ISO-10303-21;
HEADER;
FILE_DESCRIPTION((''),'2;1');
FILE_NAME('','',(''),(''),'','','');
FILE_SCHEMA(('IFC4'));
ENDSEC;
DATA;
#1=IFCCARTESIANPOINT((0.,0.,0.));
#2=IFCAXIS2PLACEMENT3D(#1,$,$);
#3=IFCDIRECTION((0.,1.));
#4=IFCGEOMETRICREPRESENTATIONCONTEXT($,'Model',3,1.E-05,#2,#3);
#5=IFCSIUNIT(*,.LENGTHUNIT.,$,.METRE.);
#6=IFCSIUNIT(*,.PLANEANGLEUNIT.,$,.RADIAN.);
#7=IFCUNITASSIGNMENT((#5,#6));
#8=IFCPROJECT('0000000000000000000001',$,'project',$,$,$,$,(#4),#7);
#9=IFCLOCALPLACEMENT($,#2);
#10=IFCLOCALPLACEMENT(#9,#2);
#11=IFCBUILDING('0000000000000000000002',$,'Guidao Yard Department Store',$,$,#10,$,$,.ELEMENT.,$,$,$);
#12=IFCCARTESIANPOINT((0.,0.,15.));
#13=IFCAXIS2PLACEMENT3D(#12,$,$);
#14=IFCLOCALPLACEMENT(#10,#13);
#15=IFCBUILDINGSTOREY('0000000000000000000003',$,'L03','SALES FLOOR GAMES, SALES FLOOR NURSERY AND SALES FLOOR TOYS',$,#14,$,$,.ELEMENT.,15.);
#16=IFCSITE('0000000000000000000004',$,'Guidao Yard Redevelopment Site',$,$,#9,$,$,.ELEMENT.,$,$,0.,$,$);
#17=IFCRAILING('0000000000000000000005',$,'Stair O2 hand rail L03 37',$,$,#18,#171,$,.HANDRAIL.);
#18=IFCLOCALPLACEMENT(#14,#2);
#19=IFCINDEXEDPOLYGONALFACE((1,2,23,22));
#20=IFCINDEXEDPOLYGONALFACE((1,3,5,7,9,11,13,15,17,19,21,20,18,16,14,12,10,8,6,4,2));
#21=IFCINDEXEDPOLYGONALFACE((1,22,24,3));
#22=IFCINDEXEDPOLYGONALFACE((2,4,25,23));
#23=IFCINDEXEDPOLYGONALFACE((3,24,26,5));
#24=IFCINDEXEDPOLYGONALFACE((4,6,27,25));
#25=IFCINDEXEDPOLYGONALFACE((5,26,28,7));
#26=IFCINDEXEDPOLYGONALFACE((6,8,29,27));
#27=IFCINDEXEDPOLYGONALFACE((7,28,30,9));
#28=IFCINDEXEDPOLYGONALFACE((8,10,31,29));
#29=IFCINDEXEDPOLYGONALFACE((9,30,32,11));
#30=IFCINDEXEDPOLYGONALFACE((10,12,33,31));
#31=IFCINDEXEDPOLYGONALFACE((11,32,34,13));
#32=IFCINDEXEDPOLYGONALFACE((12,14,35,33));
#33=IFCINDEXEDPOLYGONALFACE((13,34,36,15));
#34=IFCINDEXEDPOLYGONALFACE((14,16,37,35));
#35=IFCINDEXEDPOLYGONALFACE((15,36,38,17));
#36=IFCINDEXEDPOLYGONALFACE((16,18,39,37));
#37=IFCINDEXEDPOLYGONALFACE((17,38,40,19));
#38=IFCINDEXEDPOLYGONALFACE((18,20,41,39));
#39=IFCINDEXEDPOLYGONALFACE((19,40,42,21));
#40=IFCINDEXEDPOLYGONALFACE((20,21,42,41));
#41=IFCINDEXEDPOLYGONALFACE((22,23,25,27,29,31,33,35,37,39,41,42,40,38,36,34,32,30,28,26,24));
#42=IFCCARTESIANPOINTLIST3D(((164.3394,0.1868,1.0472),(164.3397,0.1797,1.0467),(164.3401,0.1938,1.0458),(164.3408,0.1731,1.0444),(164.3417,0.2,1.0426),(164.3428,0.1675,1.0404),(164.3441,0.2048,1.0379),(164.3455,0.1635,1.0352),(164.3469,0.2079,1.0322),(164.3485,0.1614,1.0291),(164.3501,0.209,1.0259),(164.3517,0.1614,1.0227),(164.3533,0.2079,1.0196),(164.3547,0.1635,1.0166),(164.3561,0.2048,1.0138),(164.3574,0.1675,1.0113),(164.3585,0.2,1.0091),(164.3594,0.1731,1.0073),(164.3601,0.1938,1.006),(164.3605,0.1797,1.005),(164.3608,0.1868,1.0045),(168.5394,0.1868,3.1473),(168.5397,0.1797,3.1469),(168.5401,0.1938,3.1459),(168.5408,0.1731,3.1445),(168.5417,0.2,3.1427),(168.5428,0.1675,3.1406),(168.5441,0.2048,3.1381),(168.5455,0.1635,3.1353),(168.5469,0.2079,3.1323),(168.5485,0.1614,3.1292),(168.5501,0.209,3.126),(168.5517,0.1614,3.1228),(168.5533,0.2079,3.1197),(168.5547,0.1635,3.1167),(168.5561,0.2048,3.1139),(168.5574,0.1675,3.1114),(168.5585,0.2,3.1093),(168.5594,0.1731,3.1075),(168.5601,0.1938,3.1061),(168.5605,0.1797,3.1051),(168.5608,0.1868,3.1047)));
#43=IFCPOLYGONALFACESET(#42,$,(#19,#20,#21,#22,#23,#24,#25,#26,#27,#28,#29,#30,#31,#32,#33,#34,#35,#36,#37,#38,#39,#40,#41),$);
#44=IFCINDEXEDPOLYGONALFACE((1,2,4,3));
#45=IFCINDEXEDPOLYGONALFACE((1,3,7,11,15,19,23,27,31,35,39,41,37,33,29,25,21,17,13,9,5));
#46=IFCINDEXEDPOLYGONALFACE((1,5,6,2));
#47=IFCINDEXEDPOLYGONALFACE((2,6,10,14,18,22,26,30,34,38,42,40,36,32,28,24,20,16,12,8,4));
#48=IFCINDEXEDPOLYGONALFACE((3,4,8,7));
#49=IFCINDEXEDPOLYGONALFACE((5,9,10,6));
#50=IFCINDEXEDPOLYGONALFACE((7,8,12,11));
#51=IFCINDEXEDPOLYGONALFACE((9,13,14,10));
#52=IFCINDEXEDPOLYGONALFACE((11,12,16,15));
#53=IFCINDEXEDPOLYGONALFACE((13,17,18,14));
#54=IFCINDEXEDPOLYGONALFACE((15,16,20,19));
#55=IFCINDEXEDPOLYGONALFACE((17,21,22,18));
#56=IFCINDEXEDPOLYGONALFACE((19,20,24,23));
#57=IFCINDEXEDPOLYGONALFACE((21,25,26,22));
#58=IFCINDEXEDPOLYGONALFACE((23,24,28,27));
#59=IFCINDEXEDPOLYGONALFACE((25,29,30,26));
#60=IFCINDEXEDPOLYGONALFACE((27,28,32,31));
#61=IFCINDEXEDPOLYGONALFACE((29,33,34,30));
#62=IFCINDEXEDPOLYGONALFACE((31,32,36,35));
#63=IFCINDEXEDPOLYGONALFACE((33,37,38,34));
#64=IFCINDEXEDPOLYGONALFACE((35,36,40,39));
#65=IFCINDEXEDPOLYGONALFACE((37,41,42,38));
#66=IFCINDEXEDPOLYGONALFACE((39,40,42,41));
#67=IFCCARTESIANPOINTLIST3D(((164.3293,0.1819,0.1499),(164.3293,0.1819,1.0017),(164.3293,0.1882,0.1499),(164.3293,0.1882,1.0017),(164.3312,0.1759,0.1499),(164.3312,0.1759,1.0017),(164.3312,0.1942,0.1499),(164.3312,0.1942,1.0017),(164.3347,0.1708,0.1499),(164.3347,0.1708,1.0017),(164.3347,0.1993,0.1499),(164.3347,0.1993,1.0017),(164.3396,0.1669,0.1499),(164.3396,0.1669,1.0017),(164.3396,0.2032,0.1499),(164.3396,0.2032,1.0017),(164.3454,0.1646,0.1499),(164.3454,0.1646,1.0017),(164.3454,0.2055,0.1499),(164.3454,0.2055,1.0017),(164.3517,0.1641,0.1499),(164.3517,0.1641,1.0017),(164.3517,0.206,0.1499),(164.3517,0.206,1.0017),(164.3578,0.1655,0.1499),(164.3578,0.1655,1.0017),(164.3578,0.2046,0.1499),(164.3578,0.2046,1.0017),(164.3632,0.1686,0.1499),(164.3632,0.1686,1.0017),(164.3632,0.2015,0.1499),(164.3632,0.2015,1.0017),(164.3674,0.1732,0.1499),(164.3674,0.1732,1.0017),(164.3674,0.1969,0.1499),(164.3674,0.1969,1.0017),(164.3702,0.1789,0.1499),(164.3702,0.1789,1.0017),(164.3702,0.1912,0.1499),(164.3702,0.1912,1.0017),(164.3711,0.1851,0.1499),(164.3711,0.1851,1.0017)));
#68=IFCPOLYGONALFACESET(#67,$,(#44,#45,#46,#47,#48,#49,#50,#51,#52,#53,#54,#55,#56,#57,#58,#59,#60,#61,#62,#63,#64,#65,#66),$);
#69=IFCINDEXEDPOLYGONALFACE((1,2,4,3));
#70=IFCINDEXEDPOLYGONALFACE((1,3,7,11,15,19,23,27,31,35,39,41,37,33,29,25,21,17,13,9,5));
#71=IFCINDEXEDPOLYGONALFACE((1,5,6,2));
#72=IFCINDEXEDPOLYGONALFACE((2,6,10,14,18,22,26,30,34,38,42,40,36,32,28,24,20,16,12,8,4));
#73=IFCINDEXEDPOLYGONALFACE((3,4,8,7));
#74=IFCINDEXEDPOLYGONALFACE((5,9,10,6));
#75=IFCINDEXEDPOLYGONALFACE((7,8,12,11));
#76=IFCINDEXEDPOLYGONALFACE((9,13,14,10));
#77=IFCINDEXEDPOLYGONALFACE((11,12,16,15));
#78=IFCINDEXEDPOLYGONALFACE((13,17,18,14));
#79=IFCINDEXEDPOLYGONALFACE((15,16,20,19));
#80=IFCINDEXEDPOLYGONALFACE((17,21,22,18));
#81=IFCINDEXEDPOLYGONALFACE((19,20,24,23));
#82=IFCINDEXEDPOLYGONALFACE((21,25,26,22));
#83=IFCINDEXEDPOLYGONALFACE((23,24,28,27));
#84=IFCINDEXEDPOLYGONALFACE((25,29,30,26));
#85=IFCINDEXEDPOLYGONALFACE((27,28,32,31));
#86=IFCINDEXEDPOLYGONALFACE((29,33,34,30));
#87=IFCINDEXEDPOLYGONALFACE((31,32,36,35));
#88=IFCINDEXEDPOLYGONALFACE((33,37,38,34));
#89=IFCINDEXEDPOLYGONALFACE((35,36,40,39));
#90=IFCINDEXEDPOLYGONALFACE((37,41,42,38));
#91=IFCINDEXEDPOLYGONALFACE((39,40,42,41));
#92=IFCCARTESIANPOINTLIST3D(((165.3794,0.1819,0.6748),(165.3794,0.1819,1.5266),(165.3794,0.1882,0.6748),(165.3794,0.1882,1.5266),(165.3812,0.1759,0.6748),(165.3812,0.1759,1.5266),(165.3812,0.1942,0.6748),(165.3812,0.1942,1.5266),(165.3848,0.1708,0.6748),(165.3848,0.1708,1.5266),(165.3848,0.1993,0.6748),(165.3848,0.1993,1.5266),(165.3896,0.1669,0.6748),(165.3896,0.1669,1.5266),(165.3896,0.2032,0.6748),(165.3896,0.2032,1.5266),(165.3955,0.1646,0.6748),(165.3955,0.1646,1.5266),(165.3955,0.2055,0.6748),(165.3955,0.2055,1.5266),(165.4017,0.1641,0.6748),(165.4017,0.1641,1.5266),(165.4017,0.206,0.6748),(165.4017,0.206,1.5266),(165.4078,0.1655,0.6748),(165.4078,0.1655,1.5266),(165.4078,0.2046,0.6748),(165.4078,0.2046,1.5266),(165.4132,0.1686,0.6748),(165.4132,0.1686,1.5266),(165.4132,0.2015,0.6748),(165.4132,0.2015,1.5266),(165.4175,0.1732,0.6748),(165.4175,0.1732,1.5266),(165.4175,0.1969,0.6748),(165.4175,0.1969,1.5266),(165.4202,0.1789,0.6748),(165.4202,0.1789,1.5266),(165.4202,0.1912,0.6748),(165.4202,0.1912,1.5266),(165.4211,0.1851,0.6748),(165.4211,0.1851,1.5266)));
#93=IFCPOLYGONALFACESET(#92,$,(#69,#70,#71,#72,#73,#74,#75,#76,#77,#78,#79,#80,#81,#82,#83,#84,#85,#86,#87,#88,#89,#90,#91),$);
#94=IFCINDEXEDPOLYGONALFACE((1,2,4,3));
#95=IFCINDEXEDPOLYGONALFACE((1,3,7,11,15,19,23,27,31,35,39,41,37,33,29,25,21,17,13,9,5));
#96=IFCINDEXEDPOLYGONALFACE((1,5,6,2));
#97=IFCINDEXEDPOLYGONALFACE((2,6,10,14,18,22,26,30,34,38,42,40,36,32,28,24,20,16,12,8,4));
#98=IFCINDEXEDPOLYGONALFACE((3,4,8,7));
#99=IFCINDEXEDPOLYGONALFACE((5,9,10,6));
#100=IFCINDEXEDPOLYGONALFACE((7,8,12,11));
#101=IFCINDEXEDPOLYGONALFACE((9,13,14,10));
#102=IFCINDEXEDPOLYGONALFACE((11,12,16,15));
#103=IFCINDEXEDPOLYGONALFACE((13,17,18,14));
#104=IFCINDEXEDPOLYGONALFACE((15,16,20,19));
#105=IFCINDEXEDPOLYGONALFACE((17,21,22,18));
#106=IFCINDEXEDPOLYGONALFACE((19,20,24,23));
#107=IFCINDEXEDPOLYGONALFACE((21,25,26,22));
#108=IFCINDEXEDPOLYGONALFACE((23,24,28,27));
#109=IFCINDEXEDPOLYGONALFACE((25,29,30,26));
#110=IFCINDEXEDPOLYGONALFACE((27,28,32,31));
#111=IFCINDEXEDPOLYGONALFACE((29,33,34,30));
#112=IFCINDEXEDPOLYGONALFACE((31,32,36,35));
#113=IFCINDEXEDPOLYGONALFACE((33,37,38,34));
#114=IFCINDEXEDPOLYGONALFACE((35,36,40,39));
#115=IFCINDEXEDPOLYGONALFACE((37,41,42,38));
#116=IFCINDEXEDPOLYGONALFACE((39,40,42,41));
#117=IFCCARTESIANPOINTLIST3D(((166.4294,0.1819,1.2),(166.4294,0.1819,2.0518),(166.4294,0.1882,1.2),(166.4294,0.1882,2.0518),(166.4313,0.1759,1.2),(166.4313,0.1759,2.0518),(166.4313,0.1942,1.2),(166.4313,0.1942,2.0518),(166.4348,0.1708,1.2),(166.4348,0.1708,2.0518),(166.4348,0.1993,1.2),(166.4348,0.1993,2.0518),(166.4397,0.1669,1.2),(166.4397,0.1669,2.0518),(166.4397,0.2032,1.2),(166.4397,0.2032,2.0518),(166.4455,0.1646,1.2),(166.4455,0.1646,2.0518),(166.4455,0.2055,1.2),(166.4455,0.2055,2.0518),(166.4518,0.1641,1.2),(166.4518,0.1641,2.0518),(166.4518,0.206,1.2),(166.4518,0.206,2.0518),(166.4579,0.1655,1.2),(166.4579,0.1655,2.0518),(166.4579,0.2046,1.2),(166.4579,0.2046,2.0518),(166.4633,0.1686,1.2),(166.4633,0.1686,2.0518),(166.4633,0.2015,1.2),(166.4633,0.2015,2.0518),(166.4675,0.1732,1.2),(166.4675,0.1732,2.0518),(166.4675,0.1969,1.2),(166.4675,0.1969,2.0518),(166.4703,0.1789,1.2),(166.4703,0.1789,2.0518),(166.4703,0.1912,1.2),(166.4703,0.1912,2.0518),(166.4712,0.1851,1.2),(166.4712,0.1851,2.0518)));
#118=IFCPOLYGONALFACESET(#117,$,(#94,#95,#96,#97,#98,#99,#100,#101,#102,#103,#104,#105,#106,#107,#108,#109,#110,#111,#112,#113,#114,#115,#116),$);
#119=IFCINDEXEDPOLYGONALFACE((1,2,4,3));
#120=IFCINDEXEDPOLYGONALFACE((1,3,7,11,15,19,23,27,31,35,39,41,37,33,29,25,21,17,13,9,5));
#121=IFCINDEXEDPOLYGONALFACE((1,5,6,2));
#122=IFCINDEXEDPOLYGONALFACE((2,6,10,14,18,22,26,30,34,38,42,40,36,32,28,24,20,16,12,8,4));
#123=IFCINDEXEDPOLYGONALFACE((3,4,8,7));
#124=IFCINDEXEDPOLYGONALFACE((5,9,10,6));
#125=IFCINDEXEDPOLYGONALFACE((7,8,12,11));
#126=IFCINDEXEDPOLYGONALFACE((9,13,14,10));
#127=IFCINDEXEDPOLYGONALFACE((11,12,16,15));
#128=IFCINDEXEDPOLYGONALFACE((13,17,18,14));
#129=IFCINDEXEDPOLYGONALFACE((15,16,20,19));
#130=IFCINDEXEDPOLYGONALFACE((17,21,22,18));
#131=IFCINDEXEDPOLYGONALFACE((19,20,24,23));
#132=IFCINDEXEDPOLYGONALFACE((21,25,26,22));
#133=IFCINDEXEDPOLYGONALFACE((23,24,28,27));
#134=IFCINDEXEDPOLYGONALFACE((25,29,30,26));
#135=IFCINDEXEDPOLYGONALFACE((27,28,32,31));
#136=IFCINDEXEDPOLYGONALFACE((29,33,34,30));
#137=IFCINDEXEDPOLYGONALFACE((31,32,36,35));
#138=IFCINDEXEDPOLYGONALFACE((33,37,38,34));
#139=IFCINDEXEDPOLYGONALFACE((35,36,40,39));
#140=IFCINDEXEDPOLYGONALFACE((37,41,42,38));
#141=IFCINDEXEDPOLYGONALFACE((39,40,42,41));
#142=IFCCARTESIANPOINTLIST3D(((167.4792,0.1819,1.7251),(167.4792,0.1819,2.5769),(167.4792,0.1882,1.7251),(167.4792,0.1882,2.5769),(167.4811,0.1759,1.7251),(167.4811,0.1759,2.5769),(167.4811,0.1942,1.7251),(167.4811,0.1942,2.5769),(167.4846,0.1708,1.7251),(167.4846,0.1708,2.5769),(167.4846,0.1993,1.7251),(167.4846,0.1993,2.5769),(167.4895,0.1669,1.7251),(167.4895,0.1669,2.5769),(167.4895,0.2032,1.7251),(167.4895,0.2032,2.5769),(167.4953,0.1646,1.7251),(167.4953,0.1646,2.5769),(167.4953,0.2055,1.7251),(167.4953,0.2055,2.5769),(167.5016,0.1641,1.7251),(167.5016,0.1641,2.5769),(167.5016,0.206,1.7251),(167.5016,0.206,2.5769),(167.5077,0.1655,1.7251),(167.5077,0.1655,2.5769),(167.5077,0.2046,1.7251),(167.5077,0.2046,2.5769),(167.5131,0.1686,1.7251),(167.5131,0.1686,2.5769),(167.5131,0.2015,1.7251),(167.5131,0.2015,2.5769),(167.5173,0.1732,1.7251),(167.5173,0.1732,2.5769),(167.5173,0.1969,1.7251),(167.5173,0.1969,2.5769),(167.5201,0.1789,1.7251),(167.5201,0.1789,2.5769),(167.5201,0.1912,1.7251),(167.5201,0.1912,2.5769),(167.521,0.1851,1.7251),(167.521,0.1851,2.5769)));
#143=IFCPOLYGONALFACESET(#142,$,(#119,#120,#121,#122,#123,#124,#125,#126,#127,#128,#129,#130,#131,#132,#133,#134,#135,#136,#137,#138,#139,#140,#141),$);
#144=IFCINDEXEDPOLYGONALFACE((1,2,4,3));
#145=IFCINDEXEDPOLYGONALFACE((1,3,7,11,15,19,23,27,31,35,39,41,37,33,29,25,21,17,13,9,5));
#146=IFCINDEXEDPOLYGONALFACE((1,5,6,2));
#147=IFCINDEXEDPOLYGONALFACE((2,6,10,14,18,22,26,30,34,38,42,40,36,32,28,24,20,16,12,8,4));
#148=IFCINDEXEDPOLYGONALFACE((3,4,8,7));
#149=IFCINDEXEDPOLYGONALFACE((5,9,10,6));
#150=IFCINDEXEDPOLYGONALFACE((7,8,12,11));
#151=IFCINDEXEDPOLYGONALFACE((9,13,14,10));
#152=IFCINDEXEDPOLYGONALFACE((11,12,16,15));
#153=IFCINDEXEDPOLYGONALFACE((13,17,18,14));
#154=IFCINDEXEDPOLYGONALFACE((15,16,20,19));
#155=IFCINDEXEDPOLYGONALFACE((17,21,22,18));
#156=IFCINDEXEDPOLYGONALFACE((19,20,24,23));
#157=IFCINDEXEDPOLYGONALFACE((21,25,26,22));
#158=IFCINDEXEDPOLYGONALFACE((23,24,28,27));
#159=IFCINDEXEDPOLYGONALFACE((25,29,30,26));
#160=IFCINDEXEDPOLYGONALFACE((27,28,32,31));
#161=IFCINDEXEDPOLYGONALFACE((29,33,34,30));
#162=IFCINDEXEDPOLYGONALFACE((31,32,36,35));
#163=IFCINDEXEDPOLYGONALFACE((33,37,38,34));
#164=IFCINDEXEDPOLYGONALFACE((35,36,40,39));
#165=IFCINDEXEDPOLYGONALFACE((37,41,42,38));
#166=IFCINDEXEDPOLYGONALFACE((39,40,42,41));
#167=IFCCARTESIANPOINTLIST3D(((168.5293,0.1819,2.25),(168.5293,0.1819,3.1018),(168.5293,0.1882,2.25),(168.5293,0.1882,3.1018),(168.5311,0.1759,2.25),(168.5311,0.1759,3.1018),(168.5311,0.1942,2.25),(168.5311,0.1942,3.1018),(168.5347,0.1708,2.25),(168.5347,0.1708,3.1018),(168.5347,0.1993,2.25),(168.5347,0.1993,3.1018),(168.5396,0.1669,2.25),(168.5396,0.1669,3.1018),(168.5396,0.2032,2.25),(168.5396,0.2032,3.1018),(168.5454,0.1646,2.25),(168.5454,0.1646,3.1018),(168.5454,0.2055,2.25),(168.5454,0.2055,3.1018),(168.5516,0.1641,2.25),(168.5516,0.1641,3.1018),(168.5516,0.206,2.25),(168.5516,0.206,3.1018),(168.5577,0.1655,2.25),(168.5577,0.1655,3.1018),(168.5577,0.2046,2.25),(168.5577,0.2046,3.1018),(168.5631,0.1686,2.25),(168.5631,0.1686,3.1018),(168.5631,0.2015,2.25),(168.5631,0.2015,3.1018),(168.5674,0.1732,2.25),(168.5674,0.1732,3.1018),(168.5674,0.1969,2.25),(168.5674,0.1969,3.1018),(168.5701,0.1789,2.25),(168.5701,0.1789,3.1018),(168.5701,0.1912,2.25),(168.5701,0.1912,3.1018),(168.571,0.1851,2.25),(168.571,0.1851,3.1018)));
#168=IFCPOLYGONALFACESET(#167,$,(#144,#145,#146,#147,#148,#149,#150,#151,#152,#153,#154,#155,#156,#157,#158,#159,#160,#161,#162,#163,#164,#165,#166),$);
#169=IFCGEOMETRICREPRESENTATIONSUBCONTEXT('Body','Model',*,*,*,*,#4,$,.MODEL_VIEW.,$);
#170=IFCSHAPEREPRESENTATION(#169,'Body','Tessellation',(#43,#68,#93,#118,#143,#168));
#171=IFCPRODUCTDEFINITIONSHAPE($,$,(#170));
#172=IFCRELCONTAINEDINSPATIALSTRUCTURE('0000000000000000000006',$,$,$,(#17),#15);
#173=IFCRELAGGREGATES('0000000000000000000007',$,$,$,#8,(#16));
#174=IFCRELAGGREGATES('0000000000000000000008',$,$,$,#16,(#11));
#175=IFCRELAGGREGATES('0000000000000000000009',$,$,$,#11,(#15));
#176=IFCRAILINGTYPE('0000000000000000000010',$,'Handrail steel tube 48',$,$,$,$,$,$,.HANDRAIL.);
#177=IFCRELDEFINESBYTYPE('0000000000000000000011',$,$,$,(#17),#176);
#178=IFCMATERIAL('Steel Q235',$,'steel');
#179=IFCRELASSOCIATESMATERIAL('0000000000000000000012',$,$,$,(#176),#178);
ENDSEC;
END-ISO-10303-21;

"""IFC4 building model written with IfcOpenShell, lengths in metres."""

from ifc_helpers import new_model, si_unit, direction, frame, origin, origin_2d, place, context, subcontext, project, spatial, circle, extrude, material, type_object, element, save


model = new_model("IFC4")

# Units and contexts
model_context = context("Model", 3, precision=1e-05, world=origin(), true_north=direction((0.0, 1.0)))
body_context = subcontext(model_context, "Body", "Model", "MODEL_VIEW")
ifc_project = project(units=[si_unit("LENGTHUNIT", "METRE"), si_unit("PLANEANGLEUNIT", "RADIAN")], contexts=[model_context])

# Site, building, storey
site_placement = place(None, origin())
site = spatial("IfcSite", under=ifc_project, at=site_placement, Name="Guidao Yard Redevelopment Site", CompositionType="ELEMENT", RefElevation=0.0)
building_placement = place(site_placement, origin())
building = spatial("IfcBuilding", under=site, at=building_placement, Name="Guidao Yard Department Store", CompositionType="ELEMENT")
storey_placement = place(building_placement, frame((0.0, 0.0, 15.0)))
storey = spatial("IfcBuildingStorey", under=building, at=storey_placement, Name="L03", Description="SALES FLOOR GAMES, SALES FLOOR NURSERY AND SALES FLOOR TOYS", CompositionType="ELEMENT", Elevation=15.0)

# Railing
ifc_material_1 = material(Name="Steel Q235", Category="steel")
railing_type_1 = type_object("IfcRailingType", Name="Handrail steel tube 48", PredefinedType="HANDRAIL", material=ifc_material_1)
for number, where, name in (
    (1, (164.3501, 0.1851, 0.1499), "Stair O2 hand rail L03 37"),
):
    element("IfcRailing", number, at=place(storey_placement, frame(where)), inside=storey, type_object=railing_type_1, Name=name, PredefinedType="HANDRAIL", context=body_context, shape_type="SweptSolid", body=[
        extrude(circle(Radius=0.0239, at=origin_2d()), frame((0.0, 0.0, 0.876), z_axis=(0.894417, 0.0, 0.447234), x_axis=(0.0, 1.0, 0.0)), (0.0, 0.0, 1.0), 4.6958),
        extrude(circle(Radius=0.021, at=origin_2d()), origin(), (0.0, 0.0, 1.0), 0.8518),
        extrude(circle(Radius=0.021, at=origin_2d()), frame((1.05, 0.0, 0.5249)), (0.0, 0.0, 1.0), 0.8518),
        extrude(circle(Radius=0.021, at=origin_2d()), frame((2.1001, 0.0, 1.05)), (0.0, 0.0, 1.0), 0.8518),
        extrude(circle(Radius=0.021, at=origin_2d()), frame((3.1499, 0.0, 1.5752)), (0.0, 0.0, 1.0), 0.8518),
        extrude(circle(Radius=0.021, at=origin_2d()), frame((4.2, 0.0, 2.1001)), (0.0, 0.0, 1.0), 0.8518),
    ])

save(model, "model.ifc")
